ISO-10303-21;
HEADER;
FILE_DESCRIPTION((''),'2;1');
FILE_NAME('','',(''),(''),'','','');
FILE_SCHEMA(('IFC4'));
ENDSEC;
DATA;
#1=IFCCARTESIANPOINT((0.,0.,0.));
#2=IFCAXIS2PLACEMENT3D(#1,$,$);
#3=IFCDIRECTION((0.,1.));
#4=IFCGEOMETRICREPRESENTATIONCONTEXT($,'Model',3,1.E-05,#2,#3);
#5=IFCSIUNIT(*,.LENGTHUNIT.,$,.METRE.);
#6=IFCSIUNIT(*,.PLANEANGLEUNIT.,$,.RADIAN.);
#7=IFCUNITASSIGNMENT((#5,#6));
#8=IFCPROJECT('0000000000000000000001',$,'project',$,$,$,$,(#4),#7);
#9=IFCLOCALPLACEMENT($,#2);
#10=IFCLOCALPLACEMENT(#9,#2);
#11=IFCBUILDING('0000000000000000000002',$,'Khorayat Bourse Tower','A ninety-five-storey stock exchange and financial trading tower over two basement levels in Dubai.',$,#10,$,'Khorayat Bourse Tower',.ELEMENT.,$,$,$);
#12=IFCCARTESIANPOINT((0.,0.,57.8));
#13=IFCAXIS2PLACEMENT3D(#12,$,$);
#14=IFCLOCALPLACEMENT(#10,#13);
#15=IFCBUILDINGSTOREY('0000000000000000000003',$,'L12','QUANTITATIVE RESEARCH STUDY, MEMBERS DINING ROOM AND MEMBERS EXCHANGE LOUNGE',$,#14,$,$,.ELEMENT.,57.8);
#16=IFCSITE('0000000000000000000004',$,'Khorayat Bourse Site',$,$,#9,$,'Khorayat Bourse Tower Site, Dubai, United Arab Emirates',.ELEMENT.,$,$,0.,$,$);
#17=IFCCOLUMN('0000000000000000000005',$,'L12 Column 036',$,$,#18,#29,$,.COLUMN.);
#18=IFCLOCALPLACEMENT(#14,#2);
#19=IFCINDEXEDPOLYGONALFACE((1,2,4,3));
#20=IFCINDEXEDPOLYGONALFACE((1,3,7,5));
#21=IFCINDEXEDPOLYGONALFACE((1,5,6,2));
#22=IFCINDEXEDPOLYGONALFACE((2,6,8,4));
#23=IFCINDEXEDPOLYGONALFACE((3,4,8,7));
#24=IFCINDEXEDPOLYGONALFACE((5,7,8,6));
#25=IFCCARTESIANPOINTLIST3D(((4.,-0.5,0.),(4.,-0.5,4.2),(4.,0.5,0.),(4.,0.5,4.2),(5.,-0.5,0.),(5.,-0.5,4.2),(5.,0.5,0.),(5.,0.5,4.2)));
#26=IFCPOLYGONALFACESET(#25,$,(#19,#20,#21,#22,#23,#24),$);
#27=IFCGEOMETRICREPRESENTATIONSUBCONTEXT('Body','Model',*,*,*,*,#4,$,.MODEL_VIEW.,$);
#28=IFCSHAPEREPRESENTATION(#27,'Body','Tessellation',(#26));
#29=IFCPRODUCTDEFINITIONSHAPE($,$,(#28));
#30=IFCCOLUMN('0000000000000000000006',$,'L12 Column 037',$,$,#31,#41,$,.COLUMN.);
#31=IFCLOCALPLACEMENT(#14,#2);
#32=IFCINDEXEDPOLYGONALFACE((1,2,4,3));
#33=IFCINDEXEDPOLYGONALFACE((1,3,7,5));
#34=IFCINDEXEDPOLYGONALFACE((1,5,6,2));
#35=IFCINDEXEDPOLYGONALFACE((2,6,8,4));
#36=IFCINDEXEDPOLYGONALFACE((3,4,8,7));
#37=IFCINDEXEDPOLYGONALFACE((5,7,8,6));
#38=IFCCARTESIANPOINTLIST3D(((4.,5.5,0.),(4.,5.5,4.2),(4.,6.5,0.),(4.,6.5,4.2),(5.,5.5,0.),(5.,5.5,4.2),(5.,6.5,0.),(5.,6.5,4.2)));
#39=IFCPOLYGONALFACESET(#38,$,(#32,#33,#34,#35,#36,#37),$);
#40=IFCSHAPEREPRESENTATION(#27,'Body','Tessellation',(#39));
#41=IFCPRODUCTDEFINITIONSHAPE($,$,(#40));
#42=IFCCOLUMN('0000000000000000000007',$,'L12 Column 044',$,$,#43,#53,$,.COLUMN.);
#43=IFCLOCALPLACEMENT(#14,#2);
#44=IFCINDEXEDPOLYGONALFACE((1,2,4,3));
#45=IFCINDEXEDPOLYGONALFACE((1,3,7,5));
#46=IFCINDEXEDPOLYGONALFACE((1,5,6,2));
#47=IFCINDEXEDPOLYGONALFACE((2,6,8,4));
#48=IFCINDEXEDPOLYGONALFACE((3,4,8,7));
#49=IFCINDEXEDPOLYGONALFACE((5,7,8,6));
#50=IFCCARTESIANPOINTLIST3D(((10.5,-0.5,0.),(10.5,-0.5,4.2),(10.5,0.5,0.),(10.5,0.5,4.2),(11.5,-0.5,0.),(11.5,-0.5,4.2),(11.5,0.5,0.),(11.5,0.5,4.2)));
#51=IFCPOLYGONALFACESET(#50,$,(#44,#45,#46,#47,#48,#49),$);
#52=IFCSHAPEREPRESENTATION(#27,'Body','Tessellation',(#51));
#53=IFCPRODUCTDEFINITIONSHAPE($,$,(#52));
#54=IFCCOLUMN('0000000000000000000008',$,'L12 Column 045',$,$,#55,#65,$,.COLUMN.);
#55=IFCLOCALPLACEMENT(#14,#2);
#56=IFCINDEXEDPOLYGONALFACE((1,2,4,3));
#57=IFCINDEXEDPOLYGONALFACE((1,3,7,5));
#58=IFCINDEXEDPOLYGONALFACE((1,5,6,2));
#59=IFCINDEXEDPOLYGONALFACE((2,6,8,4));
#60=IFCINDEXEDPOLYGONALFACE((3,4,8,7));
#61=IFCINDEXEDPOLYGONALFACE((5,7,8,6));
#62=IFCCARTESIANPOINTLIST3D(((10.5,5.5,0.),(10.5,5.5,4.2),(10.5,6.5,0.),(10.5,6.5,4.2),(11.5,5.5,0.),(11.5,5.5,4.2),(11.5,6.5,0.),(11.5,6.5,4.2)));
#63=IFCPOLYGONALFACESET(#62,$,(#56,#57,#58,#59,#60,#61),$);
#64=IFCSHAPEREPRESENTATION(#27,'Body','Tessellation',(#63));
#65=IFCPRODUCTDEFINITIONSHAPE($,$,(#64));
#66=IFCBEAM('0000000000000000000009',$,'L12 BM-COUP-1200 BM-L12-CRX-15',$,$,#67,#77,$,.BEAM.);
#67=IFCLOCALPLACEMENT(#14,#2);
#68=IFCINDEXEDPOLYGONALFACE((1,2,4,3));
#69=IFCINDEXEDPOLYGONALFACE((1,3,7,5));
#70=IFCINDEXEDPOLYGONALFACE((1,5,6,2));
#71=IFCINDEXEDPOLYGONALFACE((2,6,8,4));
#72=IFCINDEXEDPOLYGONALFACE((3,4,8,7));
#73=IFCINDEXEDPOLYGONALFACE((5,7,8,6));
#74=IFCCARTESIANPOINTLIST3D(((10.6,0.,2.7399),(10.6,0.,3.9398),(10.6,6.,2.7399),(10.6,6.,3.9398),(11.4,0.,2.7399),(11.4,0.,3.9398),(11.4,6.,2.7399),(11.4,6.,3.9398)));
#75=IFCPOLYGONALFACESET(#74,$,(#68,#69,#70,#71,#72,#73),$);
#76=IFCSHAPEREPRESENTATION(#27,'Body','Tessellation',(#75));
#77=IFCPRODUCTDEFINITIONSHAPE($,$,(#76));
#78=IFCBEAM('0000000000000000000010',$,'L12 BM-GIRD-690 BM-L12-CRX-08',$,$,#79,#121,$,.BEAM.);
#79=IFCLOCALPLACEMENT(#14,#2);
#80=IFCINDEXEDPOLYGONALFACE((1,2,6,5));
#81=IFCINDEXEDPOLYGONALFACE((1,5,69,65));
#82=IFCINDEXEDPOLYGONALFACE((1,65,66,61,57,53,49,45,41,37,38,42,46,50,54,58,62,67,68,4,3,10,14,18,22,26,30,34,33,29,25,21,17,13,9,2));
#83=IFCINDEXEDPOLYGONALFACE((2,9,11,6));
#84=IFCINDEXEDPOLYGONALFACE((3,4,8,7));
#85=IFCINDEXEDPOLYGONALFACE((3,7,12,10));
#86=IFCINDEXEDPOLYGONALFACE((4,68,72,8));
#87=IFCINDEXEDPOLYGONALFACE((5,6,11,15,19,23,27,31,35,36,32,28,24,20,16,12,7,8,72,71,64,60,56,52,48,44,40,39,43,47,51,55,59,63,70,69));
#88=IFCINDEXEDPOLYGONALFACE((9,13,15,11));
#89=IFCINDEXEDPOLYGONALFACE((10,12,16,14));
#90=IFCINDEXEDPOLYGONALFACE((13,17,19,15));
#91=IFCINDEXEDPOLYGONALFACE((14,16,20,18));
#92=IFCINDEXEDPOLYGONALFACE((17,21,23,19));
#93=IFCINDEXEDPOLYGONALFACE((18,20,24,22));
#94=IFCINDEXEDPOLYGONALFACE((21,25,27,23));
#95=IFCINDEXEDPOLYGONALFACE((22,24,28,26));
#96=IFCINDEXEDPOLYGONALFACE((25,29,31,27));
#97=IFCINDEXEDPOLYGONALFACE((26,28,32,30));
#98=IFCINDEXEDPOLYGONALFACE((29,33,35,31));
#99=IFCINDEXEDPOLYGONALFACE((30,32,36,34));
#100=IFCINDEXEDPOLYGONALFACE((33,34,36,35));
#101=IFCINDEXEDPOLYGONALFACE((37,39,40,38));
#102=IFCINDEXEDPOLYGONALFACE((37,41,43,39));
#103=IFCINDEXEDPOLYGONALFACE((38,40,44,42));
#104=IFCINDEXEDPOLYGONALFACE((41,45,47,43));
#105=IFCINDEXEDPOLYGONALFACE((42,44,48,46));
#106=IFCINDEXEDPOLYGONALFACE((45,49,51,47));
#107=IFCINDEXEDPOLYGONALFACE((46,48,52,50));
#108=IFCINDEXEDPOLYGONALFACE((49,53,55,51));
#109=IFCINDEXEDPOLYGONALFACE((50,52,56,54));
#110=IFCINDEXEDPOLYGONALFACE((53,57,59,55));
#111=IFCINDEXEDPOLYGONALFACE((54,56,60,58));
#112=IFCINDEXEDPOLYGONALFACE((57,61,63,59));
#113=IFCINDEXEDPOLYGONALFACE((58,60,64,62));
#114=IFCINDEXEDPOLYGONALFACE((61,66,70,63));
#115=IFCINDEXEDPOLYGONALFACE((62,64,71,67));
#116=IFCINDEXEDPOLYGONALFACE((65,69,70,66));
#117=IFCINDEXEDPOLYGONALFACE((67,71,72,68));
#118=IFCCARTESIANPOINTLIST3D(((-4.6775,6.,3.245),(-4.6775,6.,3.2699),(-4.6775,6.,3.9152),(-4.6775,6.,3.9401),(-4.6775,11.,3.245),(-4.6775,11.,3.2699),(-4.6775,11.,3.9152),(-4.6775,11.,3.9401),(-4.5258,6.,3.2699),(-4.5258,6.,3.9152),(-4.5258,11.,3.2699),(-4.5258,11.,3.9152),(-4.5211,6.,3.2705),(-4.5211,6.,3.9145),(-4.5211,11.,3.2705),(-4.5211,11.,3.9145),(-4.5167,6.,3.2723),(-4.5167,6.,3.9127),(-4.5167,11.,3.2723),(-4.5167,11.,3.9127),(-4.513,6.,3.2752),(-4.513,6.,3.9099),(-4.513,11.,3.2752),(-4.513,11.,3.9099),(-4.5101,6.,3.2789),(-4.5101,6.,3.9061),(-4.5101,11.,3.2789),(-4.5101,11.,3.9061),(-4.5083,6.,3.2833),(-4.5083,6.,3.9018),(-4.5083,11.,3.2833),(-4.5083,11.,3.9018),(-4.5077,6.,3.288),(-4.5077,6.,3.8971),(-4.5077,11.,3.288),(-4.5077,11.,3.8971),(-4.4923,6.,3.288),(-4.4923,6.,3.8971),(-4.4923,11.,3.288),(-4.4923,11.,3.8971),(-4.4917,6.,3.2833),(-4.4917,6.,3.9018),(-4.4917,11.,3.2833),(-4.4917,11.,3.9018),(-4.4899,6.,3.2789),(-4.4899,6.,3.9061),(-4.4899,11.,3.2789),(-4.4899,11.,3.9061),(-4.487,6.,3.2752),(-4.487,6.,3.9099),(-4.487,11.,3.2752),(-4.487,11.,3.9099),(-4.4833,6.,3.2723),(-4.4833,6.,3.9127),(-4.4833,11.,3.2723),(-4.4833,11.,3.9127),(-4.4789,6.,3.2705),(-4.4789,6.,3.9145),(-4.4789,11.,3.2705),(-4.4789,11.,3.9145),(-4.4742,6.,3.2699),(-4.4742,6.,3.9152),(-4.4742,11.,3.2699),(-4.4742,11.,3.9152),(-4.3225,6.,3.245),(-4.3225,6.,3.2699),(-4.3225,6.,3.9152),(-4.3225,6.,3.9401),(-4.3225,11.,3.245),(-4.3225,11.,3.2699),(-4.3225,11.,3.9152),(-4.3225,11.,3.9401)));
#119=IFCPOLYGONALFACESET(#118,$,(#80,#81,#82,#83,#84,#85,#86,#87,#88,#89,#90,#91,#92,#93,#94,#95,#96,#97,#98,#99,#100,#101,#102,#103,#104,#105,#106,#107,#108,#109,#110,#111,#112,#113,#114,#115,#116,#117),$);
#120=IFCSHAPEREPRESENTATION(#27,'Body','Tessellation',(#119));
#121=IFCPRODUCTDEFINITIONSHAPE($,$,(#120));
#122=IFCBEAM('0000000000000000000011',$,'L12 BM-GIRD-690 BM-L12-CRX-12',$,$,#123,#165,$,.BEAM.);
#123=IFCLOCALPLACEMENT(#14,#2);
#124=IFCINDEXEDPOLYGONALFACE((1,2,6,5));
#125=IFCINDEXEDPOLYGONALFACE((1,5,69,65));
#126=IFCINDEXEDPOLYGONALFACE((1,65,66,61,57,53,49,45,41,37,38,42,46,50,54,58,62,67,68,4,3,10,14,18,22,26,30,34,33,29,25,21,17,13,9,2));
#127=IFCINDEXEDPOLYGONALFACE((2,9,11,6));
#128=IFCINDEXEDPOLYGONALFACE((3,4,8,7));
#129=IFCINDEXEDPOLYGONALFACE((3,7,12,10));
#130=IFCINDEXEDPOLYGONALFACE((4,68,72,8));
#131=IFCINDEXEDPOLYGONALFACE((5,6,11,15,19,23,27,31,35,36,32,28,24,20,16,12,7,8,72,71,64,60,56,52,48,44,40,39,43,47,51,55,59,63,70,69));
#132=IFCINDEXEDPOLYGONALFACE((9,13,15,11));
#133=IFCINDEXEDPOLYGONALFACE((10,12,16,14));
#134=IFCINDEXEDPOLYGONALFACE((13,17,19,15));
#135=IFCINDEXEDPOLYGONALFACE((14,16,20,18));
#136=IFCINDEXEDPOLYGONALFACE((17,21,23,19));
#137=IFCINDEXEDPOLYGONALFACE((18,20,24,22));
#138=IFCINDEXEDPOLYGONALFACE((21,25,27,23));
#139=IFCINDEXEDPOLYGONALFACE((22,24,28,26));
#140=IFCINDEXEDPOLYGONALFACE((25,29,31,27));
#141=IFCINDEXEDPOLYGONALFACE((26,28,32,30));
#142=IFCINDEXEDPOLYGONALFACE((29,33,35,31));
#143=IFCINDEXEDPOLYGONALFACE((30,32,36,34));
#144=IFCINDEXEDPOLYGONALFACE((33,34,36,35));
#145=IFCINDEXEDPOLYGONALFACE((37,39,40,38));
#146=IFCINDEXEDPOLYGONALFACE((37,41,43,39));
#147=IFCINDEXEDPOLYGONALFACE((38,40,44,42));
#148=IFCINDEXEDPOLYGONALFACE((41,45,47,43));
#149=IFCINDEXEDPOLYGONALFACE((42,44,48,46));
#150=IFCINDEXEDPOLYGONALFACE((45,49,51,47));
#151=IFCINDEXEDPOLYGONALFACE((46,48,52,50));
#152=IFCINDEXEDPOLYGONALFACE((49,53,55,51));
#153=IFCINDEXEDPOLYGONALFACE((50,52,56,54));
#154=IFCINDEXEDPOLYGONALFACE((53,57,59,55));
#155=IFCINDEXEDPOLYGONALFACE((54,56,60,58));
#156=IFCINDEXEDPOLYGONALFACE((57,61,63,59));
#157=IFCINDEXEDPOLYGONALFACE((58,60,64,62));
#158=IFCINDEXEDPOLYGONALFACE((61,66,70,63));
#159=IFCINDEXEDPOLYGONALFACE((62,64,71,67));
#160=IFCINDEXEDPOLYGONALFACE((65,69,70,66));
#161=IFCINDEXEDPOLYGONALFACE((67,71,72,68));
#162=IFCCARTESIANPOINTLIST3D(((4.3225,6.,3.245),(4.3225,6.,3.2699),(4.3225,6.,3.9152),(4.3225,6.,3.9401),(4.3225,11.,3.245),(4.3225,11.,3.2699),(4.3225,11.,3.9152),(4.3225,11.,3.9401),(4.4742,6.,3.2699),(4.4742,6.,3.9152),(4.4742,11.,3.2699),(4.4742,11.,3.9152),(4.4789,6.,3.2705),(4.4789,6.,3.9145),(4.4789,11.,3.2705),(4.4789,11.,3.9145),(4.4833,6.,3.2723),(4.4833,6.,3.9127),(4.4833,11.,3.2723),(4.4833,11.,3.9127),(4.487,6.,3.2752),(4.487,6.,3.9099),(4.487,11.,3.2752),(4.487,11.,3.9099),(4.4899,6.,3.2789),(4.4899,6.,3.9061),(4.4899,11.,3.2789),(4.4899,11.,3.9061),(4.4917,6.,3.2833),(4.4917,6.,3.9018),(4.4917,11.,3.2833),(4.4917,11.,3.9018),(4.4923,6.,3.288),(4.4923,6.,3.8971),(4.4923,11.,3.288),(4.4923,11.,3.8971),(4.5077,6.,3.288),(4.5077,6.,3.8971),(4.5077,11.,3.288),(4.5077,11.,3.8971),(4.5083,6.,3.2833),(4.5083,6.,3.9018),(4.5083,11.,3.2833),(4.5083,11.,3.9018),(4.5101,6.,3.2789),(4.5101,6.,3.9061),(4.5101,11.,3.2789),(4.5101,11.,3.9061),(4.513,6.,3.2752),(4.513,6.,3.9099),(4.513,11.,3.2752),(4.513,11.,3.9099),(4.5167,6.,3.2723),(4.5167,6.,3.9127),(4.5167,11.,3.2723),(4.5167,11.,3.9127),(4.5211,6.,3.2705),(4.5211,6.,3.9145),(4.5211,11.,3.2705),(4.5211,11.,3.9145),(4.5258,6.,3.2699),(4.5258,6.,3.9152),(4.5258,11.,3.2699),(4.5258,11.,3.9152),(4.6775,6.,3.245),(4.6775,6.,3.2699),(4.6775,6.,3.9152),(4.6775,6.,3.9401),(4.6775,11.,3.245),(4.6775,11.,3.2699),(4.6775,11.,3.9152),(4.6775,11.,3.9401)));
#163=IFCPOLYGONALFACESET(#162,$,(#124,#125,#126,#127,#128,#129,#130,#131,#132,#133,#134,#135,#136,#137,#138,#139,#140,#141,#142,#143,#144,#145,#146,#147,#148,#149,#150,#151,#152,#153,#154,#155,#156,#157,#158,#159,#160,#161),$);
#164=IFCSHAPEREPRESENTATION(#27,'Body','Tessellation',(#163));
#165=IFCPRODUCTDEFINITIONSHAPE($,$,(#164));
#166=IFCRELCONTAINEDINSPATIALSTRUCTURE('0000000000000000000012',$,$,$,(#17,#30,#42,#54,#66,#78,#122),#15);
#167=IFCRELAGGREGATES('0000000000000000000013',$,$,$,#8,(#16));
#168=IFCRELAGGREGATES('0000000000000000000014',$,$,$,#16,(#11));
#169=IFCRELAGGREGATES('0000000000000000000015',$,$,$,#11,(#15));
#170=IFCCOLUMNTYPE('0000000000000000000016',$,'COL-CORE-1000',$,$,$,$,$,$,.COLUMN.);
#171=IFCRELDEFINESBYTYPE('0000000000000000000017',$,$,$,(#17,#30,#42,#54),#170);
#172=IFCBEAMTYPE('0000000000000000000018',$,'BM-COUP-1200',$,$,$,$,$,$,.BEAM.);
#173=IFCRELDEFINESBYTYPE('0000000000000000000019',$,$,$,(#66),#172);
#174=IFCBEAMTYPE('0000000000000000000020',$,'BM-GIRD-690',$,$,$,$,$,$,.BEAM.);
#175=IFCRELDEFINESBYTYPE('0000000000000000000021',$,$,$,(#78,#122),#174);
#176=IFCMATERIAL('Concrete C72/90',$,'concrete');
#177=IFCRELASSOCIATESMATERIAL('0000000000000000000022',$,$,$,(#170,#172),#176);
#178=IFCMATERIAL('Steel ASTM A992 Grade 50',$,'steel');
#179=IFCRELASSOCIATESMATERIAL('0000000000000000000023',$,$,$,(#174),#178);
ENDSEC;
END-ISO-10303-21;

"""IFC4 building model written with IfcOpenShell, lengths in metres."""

from ifc_helpers import new_model, si_unit, direction, frame, origin, origin_2d, place, context, subcontext, project, spatial, rectangle, i_section, extrude, source, transform, mapped, material, material_profile, profile_set, type_object, element, save


model = new_model("IFC4")

# Units and contexts
model_context = context("Model", 3, precision=1e-05, world=origin(), true_north=direction((0.0, 1.0)))
body_context = subcontext(model_context, "Body", "Model", "MODEL_VIEW")
ifc_project = project(units=[si_unit("LENGTHUNIT", "METRE"), si_unit("PLANEANGLEUNIT", "RADIAN")], contexts=[model_context])

# Site, building, storey
site_placement = place(None, origin())
site = spatial("IfcSite", under=ifc_project, at=site_placement, Name="Khorayat Bourse Site", LongName="Khorayat Bourse Tower Site, Dubai, United Arab Emirates", CompositionType="ELEMENT", RefElevation=0.0)
building_placement = place(site_placement, origin())
building = spatial("IfcBuilding", under=site, at=building_placement, Name="Khorayat Bourse Tower", Description="A ninety-five-storey stock exchange and financial trading tower over two basement levels in Dubai.", LongName="Khorayat Bourse Tower", CompositionType="ELEMENT")
storey_placement = place(building_placement, frame((0.0, 0.0, 57.8)))
storey = spatial("IfcBuildingStorey", under=building, at=storey_placement, Name="L12", Description="QUANTITATIVE RESEARCH STUDY, MEMBERS DINING ROOM AND MEMBERS EXCHANGE LOUNGE", CompositionType="ELEMENT", Elevation=57.8)

# Columns
ifc_material_1 = material(Name="Concrete C72/90", Category="concrete")
ifc_material_profile_1 = material_profile(ifc_material_1, rectangle(XDim=1.0, YDim=1.0, at=origin_2d()), Name="RC 1000x1000")
ifc_profile_set_1 = profile_set([ifc_material_profile_1], Name="Concrete C72/90")
column_type = type_object("IfcColumnType", Name="COL-CORE-1000", PredefinedType="COLUMN", material=ifc_profile_set_1)
shared_shape_1 = source(origin(), body_context, "Body", "SweptSolid", [
    extrude(rectangle(XDim=1.0, YDim=1.0, at=origin_2d()), origin(), (0.0, 0.0, 1.0), 4.2),
])
for number, where, z_axis, x_axis, name in (
    (1, (4.5, 0.0, 0.0), (0.0, 0.0, 1.0), (1.0, 0.0, 0.0), "L12 Column 036"),
    (2, (4.5, 6.0, 0.0), (0.0, 0.0, 1.0), (1.0, 0.0, 0.0), "L12 Column 037"),
    (3, (11.0, 0.0, 0.0), (0.0, 0.0, 1.0), (1.0, 0.0, 0.0), "L12 Column 044"),
    (4, (11.0, 6.0, 0.0), (0.0, 0.0, 1.0), (1.0, 0.0, 0.0), "L12 Column 045"),
):
    element("IfcColumn", number, at=place(storey_placement, frame(where, z_axis=z_axis, x_axis=x_axis)), inside=storey, type_object=column_type, Name=name, PredefinedType="COLUMN", context=body_context, shape_type="MappedRepresentation", body=[
        mapped(shared_shape_1, transform((0.0, 0.0, 0.0), scale=1.0)),
    ])

# Beams
ifc_material_profile_2 = material_profile(ifc_material_1, rectangle(XDim=0.8, YDim=1.2, at=origin_2d()), Name="RC 800x1200")
ifc_profile_set_2 = profile_set([ifc_material_profile_2], Name="Concrete C72/90")
beam_type_1 = type_object("IfcBeamType", Name="BM-COUP-1200", PredefinedType="BEAM", material=ifc_profile_set_2)
shared_shape_2 = source(origin(), body_context, "Body", "SweptSolid", [
    extrude(rectangle(XDim=0.8, YDim=1.2, at=origin_2d()), origin(), (0.0, 0.0, 1.0), 6.0),
])
beam_1_placement = place(storey_placement, frame((11.0, 0.0, 3.3398), z_axis=(0.0, 1.0, 0.0), x_axis=(-1.0, 0.0, 0.0)))
element("IfcBeam", 5, at=beam_1_placement, inside=storey, type_object=beam_type_1, Name="L12 BM-COUP-1200 BM-L12-CRX-15", PredefinedType="BEAM", context=body_context, shape_type="MappedRepresentation", body=[
    mapped(shared_shape_2, transform((0.0, 0.0, 0.0), scale=1.0)),
])
ifc_material_2 = material(Name="Steel ASTM A992 Grade 50", Category="steel")
ifc_material_profile_3 = material_profile(ifc_material_2, i_section(OverallWidth=0.355, OverallDepth=0.6951, WebThickness=0.0154, FlangeThickness=0.0249, FilletRadius=0.0181, at=origin_2d()), Name="W690X217")
ifc_profile_set_3 = profile_set([ifc_material_profile_3], Name="Steel ASTM A992 Grade 50")
beam_type_2 = type_object("IfcBeamType", Name="BM-GIRD-690", PredefinedType="BEAM", material=ifc_profile_set_3)
shared_shape_3 = source(origin(), body_context, "Body", "SweptSolid", [
    extrude(i_section(OverallWidth=0.355, OverallDepth=0.6951, WebThickness=0.0154, FlangeThickness=0.0249, FilletRadius=0.0181, at=origin_2d()), origin(), (0.0, 0.0, 1.0), 5.0),
])
for number, where, z_axis, x_axis, name in (
    (6, (-4.5, 6.0, 3.5925), (0.0, 1.0, 0.0), (-1.0, 0.0, 0.0), "L12 BM-GIRD-690 BM-L12-CRX-08"),
    (7, (4.5, 6.0, 3.5925), (0.0, 1.0, 0.0), (-1.0, 0.0, 0.0), "L12 BM-GIRD-690 BM-L12-CRX-12"),
):
    element("IfcBeam", number, at=place(storey_placement, frame(where, z_axis=z_axis, x_axis=x_axis)), inside=storey, type_object=beam_type_2, Name=name, PredefinedType="BEAM", context=body_context, shape_type="MappedRepresentation", body=[
        mapped(shared_shape_3, transform((0.0, 0.0, 0.0), scale=1.0)),
    ])

save(model, "model.ifc")
